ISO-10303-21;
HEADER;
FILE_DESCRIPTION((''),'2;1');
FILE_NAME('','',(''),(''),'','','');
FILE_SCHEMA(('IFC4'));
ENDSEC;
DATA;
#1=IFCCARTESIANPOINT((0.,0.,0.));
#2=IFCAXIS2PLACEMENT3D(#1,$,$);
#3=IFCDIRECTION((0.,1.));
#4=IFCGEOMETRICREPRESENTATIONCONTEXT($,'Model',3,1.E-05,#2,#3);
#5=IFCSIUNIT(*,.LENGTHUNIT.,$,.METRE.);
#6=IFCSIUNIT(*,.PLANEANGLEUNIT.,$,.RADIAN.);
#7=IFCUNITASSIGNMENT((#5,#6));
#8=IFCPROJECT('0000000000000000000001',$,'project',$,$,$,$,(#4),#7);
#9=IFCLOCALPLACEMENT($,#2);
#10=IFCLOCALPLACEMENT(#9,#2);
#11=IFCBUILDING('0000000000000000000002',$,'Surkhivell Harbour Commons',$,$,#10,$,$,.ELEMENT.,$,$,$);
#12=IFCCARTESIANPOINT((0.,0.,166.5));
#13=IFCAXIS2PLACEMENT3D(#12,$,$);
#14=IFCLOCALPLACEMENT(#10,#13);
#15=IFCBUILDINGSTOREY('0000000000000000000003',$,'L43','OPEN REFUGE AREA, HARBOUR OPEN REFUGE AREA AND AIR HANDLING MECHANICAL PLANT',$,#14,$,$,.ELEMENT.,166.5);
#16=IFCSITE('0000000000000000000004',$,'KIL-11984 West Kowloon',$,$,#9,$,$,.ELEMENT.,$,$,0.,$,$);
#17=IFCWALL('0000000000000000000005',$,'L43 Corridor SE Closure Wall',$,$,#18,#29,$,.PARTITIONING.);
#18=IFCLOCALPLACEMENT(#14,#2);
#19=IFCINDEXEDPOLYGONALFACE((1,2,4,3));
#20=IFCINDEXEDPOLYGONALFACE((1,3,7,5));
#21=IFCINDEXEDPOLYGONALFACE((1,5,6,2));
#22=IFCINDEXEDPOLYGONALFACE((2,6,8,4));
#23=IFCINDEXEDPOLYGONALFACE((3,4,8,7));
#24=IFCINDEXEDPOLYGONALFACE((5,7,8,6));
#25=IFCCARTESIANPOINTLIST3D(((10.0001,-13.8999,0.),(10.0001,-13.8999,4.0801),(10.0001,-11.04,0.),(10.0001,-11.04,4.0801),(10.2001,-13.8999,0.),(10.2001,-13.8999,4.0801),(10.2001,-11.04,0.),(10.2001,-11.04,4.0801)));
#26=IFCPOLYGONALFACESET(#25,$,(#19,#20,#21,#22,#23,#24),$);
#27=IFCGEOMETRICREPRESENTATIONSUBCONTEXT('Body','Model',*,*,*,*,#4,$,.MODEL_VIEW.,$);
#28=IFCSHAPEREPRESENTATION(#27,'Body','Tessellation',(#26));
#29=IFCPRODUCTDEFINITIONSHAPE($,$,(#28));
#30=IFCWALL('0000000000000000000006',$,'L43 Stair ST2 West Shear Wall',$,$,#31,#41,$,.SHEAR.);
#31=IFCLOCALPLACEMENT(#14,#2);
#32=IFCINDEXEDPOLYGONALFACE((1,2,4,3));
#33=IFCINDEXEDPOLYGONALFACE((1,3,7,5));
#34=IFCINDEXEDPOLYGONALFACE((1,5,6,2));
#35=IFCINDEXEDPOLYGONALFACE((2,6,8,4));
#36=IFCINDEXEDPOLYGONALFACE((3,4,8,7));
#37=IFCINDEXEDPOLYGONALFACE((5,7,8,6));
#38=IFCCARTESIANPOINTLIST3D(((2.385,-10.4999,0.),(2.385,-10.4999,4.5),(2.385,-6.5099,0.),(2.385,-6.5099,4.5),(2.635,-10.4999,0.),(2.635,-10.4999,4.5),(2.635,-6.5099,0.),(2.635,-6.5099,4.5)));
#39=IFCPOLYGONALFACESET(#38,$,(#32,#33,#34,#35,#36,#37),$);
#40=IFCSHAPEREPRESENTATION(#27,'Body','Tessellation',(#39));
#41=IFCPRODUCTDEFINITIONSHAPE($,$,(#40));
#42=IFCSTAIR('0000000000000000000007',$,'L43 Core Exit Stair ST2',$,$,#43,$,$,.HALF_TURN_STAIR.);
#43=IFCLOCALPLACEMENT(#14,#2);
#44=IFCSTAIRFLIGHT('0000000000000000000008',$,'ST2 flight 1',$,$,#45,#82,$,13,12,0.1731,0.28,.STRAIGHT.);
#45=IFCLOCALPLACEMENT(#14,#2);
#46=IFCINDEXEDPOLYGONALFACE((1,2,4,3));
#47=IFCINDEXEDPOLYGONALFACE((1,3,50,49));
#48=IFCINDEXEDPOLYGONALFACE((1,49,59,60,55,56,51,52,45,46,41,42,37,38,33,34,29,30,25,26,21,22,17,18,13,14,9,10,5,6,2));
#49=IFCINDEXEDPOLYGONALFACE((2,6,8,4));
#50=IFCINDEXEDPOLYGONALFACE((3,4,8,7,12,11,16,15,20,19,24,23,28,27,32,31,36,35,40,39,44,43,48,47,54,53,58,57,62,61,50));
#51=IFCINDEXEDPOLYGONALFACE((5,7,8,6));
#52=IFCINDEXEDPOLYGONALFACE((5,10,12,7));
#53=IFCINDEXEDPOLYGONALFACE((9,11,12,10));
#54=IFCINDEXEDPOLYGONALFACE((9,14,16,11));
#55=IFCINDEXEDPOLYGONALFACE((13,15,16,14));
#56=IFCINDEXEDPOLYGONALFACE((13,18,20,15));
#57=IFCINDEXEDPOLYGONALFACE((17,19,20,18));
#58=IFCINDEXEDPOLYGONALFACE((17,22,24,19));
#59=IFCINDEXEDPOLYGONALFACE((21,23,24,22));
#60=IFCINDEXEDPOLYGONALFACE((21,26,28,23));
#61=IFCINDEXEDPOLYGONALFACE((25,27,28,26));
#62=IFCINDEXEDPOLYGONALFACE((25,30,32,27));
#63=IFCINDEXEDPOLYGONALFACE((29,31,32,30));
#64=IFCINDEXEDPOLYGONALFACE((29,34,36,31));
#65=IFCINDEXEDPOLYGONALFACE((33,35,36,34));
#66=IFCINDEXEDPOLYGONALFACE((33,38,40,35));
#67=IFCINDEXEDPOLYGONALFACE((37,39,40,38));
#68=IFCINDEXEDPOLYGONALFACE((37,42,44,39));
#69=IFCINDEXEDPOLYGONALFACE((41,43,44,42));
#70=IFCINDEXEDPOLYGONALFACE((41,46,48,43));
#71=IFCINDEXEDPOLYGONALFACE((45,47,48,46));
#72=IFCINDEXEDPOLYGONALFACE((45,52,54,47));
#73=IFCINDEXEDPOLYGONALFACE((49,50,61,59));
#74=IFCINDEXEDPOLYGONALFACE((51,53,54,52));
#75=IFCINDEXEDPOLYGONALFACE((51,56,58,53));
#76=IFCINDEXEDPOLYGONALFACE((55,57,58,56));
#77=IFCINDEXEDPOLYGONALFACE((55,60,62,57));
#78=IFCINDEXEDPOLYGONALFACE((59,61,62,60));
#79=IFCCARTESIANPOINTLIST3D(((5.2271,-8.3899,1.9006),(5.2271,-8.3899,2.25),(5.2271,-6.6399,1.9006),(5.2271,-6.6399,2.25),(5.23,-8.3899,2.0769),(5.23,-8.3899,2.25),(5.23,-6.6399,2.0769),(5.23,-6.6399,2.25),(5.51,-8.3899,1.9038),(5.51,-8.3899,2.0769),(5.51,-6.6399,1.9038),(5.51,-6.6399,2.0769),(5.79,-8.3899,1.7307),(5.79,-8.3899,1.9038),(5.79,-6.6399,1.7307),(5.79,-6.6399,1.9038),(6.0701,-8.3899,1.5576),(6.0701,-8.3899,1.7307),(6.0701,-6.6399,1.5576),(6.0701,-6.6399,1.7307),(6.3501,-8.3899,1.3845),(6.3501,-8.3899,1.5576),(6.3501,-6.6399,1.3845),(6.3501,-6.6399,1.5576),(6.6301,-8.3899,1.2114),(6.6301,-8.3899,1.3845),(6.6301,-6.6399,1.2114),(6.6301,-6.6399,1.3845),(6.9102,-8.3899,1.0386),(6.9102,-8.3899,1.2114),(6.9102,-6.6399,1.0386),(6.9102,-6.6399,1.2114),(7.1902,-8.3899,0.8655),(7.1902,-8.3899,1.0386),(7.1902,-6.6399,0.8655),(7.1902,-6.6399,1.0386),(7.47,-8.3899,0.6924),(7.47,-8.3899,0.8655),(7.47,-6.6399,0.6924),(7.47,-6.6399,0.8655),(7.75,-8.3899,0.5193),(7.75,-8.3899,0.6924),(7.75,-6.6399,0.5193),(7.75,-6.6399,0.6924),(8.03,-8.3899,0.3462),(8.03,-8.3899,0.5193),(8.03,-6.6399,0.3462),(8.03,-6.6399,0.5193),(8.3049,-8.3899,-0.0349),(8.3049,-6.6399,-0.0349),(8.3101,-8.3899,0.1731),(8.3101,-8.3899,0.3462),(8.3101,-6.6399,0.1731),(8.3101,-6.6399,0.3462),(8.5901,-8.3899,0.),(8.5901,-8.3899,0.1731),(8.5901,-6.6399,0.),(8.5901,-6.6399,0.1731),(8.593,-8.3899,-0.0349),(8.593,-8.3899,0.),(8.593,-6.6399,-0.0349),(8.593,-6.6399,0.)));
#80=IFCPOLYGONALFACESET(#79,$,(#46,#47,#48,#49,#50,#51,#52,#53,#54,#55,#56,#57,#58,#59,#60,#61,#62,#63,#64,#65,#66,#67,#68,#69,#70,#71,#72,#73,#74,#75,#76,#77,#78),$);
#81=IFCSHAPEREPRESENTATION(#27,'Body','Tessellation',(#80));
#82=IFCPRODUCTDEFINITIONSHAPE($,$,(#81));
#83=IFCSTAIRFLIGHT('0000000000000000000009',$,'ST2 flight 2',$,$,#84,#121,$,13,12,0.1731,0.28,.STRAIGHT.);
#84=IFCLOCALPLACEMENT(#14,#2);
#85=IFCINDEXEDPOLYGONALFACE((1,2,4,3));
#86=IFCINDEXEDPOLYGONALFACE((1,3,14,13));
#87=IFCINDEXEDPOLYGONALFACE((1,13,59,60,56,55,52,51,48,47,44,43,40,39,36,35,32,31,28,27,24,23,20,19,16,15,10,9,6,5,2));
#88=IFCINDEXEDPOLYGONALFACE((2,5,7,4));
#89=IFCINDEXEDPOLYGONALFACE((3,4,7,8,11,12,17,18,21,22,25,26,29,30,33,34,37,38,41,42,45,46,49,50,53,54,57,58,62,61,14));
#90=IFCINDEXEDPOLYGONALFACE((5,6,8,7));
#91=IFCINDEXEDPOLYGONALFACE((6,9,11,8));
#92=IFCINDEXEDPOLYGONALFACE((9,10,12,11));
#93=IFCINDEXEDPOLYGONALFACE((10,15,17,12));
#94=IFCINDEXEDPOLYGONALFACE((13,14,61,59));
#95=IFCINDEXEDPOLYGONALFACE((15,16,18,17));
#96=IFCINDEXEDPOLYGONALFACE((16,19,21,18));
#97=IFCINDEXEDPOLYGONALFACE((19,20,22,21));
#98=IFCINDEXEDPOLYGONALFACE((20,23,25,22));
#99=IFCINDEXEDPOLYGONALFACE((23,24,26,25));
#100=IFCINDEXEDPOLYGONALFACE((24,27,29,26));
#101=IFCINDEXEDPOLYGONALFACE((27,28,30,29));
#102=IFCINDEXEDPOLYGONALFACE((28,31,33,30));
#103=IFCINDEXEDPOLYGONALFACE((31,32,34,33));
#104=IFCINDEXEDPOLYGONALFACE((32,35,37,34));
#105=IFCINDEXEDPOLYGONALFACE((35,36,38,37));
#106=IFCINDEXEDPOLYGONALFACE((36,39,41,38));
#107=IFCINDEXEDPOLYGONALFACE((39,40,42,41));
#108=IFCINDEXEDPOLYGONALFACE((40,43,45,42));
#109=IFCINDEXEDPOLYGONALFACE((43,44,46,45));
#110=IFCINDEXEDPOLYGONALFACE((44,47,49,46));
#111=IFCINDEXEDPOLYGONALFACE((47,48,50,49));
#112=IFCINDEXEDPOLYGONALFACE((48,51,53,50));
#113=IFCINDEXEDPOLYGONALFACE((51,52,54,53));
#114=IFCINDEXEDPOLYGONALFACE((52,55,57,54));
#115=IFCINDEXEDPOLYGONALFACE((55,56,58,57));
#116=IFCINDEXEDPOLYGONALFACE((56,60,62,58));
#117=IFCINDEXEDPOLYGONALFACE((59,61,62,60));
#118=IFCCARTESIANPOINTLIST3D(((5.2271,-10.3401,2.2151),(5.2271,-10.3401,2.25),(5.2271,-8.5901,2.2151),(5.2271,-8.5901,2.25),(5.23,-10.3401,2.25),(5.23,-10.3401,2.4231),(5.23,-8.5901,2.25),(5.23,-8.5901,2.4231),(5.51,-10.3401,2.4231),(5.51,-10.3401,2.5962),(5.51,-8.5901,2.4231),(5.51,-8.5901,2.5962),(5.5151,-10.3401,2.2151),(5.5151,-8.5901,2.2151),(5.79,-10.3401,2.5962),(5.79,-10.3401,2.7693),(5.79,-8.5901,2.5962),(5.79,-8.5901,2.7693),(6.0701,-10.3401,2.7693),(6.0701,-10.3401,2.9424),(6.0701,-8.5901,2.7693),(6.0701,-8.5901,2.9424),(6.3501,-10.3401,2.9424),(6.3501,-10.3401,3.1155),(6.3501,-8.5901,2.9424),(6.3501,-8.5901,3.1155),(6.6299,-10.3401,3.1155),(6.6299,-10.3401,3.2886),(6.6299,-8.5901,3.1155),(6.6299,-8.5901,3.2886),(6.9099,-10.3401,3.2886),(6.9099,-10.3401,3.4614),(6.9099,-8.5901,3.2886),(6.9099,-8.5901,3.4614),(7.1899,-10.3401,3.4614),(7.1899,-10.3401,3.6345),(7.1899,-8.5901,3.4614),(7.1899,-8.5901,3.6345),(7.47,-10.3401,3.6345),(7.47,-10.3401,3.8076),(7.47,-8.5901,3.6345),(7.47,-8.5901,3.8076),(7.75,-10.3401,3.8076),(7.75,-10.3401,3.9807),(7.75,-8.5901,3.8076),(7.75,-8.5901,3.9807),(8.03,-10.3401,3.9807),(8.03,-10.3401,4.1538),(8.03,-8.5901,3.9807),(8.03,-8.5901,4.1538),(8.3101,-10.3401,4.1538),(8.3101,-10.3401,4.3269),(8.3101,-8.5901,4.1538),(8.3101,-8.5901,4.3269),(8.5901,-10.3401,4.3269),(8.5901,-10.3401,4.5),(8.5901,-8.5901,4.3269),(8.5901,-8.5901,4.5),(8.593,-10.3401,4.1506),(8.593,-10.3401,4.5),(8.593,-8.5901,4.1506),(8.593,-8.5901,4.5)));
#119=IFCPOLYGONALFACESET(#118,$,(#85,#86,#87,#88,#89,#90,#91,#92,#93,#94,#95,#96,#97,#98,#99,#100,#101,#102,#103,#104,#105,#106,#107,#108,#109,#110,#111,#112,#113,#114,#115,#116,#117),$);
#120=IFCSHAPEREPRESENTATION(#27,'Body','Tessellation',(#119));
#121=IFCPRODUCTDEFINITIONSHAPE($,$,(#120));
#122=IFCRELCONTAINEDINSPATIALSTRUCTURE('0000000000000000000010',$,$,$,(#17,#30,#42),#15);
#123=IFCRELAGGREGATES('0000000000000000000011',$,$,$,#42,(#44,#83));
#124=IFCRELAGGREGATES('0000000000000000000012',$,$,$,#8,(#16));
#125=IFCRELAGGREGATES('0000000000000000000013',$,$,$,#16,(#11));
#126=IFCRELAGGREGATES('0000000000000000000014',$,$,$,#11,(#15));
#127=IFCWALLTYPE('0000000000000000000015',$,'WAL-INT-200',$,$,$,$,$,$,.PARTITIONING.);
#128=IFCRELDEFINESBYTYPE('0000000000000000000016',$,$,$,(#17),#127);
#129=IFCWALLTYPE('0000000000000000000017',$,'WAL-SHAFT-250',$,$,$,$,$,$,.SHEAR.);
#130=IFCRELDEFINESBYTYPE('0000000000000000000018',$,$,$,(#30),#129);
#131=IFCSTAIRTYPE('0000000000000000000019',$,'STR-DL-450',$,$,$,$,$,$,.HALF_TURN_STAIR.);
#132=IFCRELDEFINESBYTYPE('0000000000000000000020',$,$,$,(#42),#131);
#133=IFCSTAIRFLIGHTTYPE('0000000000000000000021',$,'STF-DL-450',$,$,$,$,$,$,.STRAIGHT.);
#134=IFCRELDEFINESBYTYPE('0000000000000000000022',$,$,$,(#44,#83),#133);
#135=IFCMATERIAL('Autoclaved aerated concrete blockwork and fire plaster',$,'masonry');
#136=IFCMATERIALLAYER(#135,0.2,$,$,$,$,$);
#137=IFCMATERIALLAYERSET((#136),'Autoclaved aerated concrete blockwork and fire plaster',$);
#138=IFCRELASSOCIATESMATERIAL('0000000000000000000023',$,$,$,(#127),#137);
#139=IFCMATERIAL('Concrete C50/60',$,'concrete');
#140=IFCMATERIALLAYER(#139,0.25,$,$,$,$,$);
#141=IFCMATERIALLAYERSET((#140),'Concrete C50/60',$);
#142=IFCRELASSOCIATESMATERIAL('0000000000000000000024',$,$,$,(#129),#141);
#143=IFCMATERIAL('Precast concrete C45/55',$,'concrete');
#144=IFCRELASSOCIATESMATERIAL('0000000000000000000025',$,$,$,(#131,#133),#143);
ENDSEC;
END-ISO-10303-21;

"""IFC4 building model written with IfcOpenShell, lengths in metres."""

from ifc_helpers import new_model, si_unit, direction, frame, frame_2d, origin, place, context, subcontext, project, spatial, polyline, rectangle, outline, extrude, material, layer, layer_set, type_object, element, aggregate, save


model = new_model("IFC4")

# Units and contexts
model_context = context("Model", 3, precision=1e-05, world=origin(), true_north=direction((0.0, 1.0)))
body_context = subcontext(model_context, "Body", "Model", "MODEL_VIEW")
ifc_project = project(units=[si_unit("LENGTHUNIT", "METRE"), si_unit("PLANEANGLEUNIT", "RADIAN")], contexts=[model_context])

# Site, building, storey
site_placement = place(None, origin())
site = spatial("IfcSite", under=ifc_project, at=site_placement, Name="KIL-11984 West Kowloon", CompositionType="ELEMENT", RefElevation=0.0)
building_placement = place(site_placement, origin())
building = spatial("IfcBuilding", under=site, at=building_placement, Name="Surkhivell Harbour Commons", CompositionType="ELEMENT")
storey_placement = place(building_placement, frame((0.0, 0.0, 166.5)))
storey = spatial("IfcBuildingStorey", under=building, at=storey_placement, Name="L43", Description="OPEN REFUGE AREA, HARBOUR OPEN REFUGE AREA AND AIR HANDLING MECHANICAL PLANT", CompositionType="ELEMENT", Elevation=166.5)

# Shared definitions
ifc_material_1 = material(Name="Autoclaved aerated concrete blockwork and fire plaster", Category="masonry")
ifc_layer_1 = layer(ifc_material_1, 0.2)
ifc_layer_set_1 = layer_set([ifc_layer_1], Name="Autoclaved aerated concrete blockwork and fire plaster")
wall_type_1 = type_object("IfcWallType", Name="WAL-INT-200", PredefinedType="PARTITIONING", material=ifc_layer_set_1)

# Walls
wall_1_placement = place(storey_placement, frame((10.1001, -13.8999, 0.0), z_axis=(0.0, 0.0, 1.0), x_axis=(0.0, 1.0, 0.0)))
element("IfcWall", 1, at=wall_1_placement, inside=storey, type_object=wall_type_1, Name="L43 Corridor SE Closure Wall", PredefinedType="PARTITIONING", context=body_context, shape_type="SweptSolid", body=[
    extrude(rectangle(XDim=2.8599, YDim=0.2, at=frame_2d((1.4299, 0.0))), origin(), (0.0, 0.0, 1.0), 4.0801),
])
ifc_material_2 = material(Name="Concrete C50/60", Category="concrete")
ifc_layer_2 = layer(ifc_material_2, 0.25)
ifc_layer_set_2 = layer_set([ifc_layer_2], Name="Concrete C50/60")
wall_type_2 = type_object("IfcWallType", Name="WAL-SHAFT-250", PredefinedType="SHEAR", material=ifc_layer_set_2)
wall_2_placement = place(storey_placement, frame((2.51, -10.5, 0.0), z_axis=(0.0, 0.0, 1.0), x_axis=(0.0, 1.0, 0.0)))
element("IfcWall", 2, at=wall_2_placement, inside=storey, type_object=wall_type_2, Name="L43 Stair ST2 West Shear Wall", PredefinedType="SHEAR", context=body_context, shape_type="SweptSolid", body=[
    extrude(rectangle(XDim=3.99, YDim=0.25, at=frame_2d((1.9951, 0.0))), origin(), (0.0, 0.0, 1.0), 4.5),
])

# Stair, stair flights
ifc_material_3 = material(Name="Precast concrete C45/55", Category="concrete")
stair_type = type_object("IfcStairType", Name="STR-DL-450", PredefinedType="HALF_TURN_STAIR", material=ifc_material_3)
stair_placement = place(storey_placement, origin())
stair = element("IfcStair", 3, at=stair_placement, inside=storey, type_object=stair_type, Name="L43 Core Exit Stair ST2", PredefinedType="HALF_TURN_STAIR")
stair_flight_type = type_object("IfcStairFlightType", Name="STF-DL-450", PredefinedType="STRAIGHT", material=ifc_material_3)
stair_flight_1_placement = place(storey_placement, frame((8.5901, -7.5149, 0.0), z_axis=(0.0, 0.0, 1.0), x_axis=(-1.0, 0.0, 0.0)))
stair_flight_1 = element("IfcStairFlight", 4, at=stair_flight_1_placement, type_object=stair_flight_type, Name="ST2 flight 1", NumberOfRisers=13, NumberOfTreads=12, PredefinedType="STRAIGHT", RiserHeight=0.1731, TreadLength=0.28, context=body_context, shape_type="SweptSolid", body=[
    extrude(outline(polyline([(-0.0029, -0.0349), (-0.0029, 0.0), (0.0, 0.0), (0.0, 0.1731), (0.28, 0.1731), (0.28, 0.3462), (0.5601, 0.3462), (0.5601, 0.5193), (0.8401, 0.5193), (0.8401, 0.6924), (1.1201, 0.6924), (1.1201, 0.8655), (1.3999, 0.8655), (1.3999, 1.0386), (1.6799, 1.0386), (1.6799, 1.2114), (1.96, 1.2114), (1.96, 1.3845), (2.24, 1.3845), (2.24, 1.5576), (2.52, 1.5576), (2.52, 1.7307), (2.8, 1.7307), (2.8, 1.9038), (3.0801, 1.9038), (3.0801, 2.0769), (3.3601, 2.0769), (3.3601, 2.25), (3.363, 2.25), (3.363, 1.9006), (0.2852, -0.0349), (-0.0029, -0.0349)])), frame((0.0, 0.875, 0.0), z_axis=(0.0, -1.0, 0.0), x_axis=(1.0, 0.0, 0.0)), (0.0, 0.0, 1.0), 1.75),
])
stair_flight_2_placement = place(storey_placement, frame((5.23, -9.4651, 2.25), z_axis=(0.0, 0.0, 1.0), x_axis=(1.0, 0.0, 0.0)))
stair_flight_2 = element("IfcStairFlight", 5, at=stair_flight_2_placement, type_object=stair_flight_type, Name="ST2 flight 2", NumberOfRisers=13, NumberOfTreads=12, PredefinedType="STRAIGHT", RiserHeight=0.1731, TreadLength=0.28, context=body_context, shape_type="SweptSolid", body=[
    extrude(outline(polyline([(-0.0029, -0.0349), (-0.0029, 0.0), (0.0, 0.0), (0.0, 0.1731), (0.28, 0.1731), (0.28, 0.3462), (0.5601, 0.3462), (0.5601, 0.5193), (0.8401, 0.5193), (0.8401, 0.6924), (1.1201, 0.6924), (1.1201, 0.8655), (1.3999, 0.8655), (1.3999, 1.0386), (1.6799, 1.0386), (1.6799, 1.2114), (1.96, 1.2114), (1.96, 1.3845), (2.24, 1.3845), (2.24, 1.5576), (2.52, 1.5576), (2.52, 1.7307), (2.8, 1.7307), (2.8, 1.9038), (3.0801, 1.9038), (3.0801, 2.0769), (3.3601, 2.0769), (3.3601, 2.25), (3.363, 2.25), (3.363, 1.9006), (0.2852, -0.0349), (-0.0029, -0.0349)])), frame((0.0, 0.875, 0.0), z_axis=(0.0, -1.0, 0.0), x_axis=(1.0, 0.0, 0.0)), (0.0, 0.0, 1.0), 1.75),
])
aggregate(stair, [stair_flight_1, stair_flight_2])

save(model, "model.ifc")
